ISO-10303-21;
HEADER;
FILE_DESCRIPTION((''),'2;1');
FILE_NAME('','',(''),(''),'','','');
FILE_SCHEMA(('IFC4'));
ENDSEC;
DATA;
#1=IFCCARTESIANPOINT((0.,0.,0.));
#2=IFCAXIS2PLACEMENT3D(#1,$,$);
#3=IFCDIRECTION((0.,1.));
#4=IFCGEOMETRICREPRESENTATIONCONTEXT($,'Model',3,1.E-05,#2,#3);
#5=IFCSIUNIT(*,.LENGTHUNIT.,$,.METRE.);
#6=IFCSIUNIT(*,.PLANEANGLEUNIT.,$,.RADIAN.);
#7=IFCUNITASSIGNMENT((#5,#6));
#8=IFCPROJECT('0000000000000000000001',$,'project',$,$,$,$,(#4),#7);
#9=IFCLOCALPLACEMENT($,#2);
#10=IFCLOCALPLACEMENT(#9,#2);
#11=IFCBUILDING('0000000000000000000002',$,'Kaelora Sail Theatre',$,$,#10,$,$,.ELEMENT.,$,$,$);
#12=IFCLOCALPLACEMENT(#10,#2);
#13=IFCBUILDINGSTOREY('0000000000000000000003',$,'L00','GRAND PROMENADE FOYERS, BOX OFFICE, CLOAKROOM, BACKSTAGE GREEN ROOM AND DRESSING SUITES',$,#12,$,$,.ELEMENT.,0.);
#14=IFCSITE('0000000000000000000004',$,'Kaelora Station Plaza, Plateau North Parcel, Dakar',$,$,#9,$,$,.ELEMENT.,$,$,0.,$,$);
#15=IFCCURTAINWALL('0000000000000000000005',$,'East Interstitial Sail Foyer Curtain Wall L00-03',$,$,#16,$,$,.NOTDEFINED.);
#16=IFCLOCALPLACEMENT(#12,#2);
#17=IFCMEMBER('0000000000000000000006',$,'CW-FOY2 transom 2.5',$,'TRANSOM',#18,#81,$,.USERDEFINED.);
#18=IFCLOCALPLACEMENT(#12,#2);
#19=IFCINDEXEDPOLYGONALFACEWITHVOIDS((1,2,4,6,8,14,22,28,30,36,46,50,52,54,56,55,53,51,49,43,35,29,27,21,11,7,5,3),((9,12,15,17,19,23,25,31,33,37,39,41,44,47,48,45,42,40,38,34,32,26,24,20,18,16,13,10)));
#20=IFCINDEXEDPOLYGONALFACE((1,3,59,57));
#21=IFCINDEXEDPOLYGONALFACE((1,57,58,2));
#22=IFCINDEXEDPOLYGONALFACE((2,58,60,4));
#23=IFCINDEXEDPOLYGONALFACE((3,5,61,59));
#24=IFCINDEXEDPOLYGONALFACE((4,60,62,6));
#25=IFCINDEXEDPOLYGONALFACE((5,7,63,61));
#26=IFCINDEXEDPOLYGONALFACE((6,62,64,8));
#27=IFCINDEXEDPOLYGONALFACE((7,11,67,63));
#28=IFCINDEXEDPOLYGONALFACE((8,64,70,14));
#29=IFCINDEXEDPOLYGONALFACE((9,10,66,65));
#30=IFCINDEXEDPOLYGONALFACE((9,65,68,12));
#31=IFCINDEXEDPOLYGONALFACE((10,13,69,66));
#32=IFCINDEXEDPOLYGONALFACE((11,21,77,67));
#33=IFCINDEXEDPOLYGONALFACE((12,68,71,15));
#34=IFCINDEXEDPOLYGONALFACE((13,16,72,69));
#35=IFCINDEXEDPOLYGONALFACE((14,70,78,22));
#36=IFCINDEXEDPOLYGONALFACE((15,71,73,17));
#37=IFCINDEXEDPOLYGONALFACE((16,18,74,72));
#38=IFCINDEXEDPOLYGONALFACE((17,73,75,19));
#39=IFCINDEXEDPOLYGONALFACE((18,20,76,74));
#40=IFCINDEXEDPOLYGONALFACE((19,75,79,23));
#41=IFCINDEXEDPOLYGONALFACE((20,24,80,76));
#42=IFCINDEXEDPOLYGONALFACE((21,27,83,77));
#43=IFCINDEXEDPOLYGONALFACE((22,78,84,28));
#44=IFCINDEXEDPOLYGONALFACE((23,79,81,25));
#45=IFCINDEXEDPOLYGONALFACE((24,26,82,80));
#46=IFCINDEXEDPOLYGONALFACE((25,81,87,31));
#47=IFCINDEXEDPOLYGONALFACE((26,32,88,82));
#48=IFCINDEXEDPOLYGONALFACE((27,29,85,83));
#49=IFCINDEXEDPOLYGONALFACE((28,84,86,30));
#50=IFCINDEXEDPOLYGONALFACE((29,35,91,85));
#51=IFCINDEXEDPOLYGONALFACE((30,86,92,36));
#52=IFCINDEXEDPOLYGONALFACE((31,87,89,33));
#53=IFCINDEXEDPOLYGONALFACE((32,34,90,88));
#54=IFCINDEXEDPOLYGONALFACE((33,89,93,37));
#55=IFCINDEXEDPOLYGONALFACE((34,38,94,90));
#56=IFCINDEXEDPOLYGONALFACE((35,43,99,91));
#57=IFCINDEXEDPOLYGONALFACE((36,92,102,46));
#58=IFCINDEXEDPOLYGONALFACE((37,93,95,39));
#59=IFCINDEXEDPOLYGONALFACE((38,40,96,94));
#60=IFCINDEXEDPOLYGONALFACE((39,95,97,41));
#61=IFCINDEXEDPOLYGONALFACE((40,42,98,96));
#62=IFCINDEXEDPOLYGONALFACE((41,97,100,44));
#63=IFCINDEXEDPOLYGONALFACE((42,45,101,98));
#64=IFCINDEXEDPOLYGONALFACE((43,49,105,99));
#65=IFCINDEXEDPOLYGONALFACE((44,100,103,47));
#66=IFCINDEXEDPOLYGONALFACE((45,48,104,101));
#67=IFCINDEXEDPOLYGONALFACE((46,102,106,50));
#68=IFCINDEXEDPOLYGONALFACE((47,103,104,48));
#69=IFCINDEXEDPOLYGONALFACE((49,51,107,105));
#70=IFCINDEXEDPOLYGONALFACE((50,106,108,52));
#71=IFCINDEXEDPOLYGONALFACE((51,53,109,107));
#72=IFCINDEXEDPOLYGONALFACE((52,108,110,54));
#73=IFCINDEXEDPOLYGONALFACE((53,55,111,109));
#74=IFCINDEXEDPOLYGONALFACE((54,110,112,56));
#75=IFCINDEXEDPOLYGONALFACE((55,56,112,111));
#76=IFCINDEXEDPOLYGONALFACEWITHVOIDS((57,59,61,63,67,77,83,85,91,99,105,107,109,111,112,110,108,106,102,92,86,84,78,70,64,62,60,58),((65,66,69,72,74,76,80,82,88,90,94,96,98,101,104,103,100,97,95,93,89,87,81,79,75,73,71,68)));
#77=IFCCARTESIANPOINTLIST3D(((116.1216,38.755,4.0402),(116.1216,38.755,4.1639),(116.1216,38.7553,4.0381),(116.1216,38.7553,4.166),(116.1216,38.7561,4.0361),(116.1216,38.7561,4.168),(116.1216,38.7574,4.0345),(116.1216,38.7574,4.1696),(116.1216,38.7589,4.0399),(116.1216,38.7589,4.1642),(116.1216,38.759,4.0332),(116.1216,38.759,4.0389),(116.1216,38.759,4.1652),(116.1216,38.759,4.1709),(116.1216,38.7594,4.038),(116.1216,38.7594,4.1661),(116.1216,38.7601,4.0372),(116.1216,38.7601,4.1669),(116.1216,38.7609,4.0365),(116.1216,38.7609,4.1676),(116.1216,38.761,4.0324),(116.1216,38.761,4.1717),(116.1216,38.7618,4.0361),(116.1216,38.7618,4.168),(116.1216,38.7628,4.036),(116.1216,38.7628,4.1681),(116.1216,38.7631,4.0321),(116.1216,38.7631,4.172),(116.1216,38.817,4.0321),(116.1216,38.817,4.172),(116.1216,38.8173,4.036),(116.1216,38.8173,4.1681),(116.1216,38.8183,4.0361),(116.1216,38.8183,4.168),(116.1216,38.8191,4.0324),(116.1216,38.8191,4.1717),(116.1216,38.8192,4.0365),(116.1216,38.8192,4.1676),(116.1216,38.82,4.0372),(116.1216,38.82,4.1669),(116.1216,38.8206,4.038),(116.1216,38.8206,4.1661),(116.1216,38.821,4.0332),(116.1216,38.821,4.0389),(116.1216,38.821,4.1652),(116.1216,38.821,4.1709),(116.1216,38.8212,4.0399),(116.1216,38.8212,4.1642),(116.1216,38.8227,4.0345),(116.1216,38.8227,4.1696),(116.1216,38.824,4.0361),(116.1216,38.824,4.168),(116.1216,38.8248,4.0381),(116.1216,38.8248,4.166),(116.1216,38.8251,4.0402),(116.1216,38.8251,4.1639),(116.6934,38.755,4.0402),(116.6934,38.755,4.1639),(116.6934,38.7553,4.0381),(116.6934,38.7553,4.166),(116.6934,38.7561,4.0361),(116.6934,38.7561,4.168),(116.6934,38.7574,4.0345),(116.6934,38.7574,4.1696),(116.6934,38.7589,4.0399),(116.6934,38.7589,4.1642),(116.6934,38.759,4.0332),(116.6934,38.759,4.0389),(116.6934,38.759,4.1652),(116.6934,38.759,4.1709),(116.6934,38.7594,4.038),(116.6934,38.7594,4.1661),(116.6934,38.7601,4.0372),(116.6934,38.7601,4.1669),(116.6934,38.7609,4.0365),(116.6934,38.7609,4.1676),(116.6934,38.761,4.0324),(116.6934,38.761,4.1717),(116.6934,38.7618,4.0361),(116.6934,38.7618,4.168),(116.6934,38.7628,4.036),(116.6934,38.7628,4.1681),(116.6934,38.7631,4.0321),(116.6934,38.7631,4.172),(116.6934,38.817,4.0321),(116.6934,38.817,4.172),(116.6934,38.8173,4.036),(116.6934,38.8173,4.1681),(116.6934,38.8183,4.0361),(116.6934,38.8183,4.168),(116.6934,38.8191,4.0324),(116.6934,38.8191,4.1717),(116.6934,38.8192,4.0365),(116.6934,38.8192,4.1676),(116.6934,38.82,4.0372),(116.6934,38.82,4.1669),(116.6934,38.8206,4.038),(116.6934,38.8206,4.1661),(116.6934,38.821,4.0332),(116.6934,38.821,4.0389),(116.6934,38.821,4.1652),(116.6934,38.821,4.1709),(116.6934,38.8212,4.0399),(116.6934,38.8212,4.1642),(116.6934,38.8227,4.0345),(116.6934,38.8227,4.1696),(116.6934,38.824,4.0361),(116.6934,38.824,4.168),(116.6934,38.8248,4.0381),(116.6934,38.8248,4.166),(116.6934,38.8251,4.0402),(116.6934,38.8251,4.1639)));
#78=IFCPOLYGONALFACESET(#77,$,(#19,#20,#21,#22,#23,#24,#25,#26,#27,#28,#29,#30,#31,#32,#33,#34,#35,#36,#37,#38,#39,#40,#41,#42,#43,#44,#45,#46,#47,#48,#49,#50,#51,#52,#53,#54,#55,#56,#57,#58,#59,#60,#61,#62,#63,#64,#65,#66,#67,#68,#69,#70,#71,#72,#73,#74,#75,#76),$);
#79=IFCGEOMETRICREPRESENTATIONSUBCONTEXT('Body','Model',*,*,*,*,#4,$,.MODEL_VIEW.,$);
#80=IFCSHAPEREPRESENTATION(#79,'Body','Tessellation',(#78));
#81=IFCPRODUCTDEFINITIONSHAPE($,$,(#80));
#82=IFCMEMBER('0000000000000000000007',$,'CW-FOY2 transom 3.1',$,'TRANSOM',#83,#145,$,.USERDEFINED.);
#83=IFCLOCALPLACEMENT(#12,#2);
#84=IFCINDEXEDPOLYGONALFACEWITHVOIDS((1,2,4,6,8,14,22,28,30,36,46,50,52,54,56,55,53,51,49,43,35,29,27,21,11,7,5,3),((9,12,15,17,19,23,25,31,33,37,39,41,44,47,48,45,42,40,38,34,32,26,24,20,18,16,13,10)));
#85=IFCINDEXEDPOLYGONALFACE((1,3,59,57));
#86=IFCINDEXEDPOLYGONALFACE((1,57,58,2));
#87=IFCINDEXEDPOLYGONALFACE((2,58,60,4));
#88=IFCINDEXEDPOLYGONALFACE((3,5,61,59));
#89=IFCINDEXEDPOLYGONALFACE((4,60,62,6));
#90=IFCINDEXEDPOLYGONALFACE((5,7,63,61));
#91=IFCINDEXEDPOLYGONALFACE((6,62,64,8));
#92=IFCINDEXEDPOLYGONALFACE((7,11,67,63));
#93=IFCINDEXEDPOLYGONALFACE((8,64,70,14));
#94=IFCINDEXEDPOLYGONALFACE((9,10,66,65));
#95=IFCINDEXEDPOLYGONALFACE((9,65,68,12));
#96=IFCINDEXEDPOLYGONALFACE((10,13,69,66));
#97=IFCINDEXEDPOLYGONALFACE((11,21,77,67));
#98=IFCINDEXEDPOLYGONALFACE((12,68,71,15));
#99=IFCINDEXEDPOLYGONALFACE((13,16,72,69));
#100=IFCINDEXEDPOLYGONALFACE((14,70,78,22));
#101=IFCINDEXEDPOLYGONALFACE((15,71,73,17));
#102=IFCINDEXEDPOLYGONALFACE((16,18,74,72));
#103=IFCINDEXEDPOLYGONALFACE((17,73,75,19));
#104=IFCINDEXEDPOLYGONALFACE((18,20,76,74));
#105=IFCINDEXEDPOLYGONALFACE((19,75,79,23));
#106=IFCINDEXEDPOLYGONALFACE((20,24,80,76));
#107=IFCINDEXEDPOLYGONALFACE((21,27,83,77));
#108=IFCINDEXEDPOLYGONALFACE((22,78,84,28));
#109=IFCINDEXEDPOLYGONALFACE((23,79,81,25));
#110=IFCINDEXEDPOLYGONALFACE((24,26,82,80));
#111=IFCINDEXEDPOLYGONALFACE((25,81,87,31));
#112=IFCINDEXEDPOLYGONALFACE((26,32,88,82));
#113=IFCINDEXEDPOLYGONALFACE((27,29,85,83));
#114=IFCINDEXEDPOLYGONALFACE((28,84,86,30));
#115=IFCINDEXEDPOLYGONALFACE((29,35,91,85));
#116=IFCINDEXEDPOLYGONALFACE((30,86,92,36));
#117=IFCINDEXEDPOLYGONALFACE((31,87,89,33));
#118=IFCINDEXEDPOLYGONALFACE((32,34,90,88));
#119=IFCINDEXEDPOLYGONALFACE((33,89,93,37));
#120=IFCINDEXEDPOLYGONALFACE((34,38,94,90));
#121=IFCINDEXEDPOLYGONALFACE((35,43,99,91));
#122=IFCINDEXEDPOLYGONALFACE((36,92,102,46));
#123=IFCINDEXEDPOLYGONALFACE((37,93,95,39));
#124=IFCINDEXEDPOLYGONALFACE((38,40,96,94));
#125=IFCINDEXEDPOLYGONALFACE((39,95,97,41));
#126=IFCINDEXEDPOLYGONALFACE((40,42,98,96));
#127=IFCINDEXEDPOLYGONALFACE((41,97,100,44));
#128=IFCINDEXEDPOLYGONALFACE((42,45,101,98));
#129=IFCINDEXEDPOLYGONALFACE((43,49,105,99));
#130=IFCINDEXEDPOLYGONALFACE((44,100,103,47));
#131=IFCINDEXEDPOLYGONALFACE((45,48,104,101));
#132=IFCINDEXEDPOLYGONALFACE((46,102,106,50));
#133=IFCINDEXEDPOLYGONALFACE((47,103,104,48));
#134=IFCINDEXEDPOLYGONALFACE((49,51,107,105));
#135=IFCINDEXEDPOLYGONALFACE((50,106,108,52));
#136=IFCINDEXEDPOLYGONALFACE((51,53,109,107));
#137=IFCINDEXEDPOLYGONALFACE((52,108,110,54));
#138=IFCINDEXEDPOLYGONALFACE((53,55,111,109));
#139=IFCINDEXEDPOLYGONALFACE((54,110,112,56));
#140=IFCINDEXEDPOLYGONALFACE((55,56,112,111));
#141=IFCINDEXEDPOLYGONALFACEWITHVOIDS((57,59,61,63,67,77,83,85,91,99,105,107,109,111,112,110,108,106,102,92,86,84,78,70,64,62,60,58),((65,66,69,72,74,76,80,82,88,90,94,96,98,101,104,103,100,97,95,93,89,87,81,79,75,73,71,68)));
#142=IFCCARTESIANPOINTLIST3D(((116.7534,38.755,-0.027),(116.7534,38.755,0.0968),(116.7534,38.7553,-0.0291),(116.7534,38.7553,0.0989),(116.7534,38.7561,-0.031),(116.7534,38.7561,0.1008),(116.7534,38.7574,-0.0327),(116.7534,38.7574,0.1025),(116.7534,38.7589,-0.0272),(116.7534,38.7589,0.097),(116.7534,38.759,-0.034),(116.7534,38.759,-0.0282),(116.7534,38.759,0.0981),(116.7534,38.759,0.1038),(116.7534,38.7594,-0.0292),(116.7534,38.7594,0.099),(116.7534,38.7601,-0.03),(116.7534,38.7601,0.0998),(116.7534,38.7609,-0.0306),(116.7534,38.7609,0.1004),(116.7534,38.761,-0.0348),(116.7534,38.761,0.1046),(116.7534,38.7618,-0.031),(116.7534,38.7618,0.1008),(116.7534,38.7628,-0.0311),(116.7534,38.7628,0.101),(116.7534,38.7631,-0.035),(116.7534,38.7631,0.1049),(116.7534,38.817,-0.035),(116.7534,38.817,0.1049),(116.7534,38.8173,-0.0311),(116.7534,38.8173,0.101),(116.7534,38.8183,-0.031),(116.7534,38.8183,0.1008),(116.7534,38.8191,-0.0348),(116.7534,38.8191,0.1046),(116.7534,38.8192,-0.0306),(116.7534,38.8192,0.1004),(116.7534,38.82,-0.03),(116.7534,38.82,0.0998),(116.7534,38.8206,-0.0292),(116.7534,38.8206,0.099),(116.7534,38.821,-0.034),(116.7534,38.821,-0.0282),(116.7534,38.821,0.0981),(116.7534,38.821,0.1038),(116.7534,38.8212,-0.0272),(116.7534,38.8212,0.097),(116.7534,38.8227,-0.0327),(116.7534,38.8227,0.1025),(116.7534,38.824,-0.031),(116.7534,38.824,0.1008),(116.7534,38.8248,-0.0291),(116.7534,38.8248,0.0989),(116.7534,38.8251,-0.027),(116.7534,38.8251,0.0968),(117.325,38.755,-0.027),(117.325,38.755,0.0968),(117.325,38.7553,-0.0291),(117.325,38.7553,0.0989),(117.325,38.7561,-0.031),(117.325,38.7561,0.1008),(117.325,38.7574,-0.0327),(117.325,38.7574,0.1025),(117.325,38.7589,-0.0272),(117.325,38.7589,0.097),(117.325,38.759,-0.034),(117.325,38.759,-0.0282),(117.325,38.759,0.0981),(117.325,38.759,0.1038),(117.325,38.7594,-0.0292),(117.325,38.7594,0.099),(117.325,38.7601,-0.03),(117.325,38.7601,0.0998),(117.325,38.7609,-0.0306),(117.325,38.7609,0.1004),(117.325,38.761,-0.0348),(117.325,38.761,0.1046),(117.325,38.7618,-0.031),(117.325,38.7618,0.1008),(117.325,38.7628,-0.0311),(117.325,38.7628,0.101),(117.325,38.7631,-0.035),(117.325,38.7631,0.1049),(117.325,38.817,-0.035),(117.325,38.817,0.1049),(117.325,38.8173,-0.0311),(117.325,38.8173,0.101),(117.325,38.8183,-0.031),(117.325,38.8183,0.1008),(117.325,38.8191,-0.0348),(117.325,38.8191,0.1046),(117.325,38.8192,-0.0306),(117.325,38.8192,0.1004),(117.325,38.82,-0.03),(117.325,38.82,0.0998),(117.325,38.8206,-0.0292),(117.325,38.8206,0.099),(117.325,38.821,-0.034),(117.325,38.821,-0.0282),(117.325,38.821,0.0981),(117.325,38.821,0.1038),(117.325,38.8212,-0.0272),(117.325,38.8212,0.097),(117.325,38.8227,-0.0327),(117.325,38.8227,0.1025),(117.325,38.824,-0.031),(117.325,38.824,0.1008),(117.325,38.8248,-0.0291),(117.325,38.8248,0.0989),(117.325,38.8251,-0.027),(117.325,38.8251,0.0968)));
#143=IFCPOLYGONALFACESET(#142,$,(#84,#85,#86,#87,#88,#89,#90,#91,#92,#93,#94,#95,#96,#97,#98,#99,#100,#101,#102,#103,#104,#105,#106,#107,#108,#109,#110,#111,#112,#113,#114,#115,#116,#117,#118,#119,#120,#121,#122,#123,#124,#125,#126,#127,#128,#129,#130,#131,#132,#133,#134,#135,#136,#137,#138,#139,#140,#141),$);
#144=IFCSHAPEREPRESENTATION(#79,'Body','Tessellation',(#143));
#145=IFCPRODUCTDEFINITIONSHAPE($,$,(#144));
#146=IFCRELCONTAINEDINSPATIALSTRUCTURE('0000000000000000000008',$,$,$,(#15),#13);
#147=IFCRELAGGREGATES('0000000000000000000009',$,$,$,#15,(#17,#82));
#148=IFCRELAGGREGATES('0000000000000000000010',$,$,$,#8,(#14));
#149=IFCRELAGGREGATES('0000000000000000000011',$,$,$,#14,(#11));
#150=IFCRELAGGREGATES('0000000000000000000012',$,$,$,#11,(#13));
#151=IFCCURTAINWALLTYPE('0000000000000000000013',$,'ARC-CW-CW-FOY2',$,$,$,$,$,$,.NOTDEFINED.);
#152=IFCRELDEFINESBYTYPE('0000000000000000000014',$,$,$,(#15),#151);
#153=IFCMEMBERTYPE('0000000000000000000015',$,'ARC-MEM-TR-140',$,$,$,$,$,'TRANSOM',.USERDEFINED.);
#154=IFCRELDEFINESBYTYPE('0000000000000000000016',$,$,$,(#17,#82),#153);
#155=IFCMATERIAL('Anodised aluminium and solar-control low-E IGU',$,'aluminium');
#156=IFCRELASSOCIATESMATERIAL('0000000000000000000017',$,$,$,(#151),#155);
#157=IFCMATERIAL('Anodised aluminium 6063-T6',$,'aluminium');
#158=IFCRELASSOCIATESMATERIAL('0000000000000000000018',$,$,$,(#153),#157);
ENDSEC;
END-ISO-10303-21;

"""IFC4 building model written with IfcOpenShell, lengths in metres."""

from ifc_helpers import new_model, si_unit, direction, frame, origin, origin_2d, place, context, subcontext, project, spatial, hollow_rectangle, extrude, material, material_profile, profile_set, type_object, element, aggregate, save


model = new_model("IFC4")

# Units and contexts
model_context = context("Model", 3, precision=1e-05, world=origin(), true_north=direction((0.0, 1.0)))
body_context = subcontext(model_context, "Body", "Model", "MODEL_VIEW")
ifc_project = project(units=[si_unit("LENGTHUNIT", "METRE"), si_unit("PLANEANGLEUNIT", "RADIAN")], contexts=[model_context])

# Site, building, storey
site_placement = place(None, origin())
site = spatial("IfcSite", under=ifc_project, at=site_placement, Name="Kaelora Station Plaza, Plateau North Parcel, Dakar", CompositionType="ELEMENT", RefElevation=0.0)
building_placement = place(site_placement, origin())
building = spatial("IfcBuilding", under=site, at=building_placement, Name="Kaelora Sail Theatre", CompositionType="ELEMENT")
storey_placement = place(building_placement, origin())
storey = spatial("IfcBuildingStorey", under=building, at=storey_placement, Name="L00", Description="GRAND PROMENADE FOYERS, BOX OFFICE, CLOAKROOM, BACKSTAGE GREEN ROOM AND DRESSING SUITES", CompositionType="ELEMENT", Elevation=0.0)

# Curtain wall, members
ifc_material_1 = material(Name="Anodised aluminium and solar-control low-E IGU", Category="aluminium")
curtain_wall_type = type_object("IfcCurtainWallType", Name="ARC-CW-CW-FOY2", PredefinedType="NOTDEFINED", material=ifc_material_1)
curtain_wall_placement = place(storey_placement, origin())
curtain_wall = element("IfcCurtainWall", 1, at=curtain_wall_placement, inside=storey, type_object=curtain_wall_type, Name="East Interstitial Sail Foyer Curtain Wall L00-03", PredefinedType="NOTDEFINED")
ifc_material_2 = material(Name="Anodised aluminium 6063-T6", Category="aluminium")
ifc_material_profile_1 = material_profile(ifc_material_2, hollow_rectangle(XDim=0.0701, YDim=0.1399, WallThickness=0.0039, InnerFilletRadius=0.0039, OuterFilletRadius=0.0081, at=origin_2d()), Name="ALU-TRAN 70x140x4")
ifc_profile_set_1 = profile_set([ifc_material_profile_1], Name="Anodised aluminium 6063-T6")
member_type_1 = type_object("IfcMemberType", Name="ARC-MEM-TR-140", ElementType="TRANSOM", PredefinedType="USERDEFINED", material=ifc_profile_set_1)
member_1_placement = place(storey_placement, frame((116.1216, 38.79, 4.1021), z_axis=(1.0, 0.0, 0.0), x_axis=(0.0, 1.0, 0.0)))
member_1 = element("IfcMember", 2, at=member_1_placement, type_object=member_type_1, Name="CW-FOY2 transom 2.5", ObjectType="TRANSOM", PredefinedType="USERDEFINED", context=body_context, shape_type="SweptSolid", body=[
    extrude(hollow_rectangle(XDim=0.0701, YDim=0.1399, WallThickness=0.0039, InnerFilletRadius=0.0039, OuterFilletRadius=0.0081, at=origin_2d()), origin(), (0.0, 0.0, 1.0), 0.5718),
])
member_2_placement = place(storey_placement, frame((116.7534, 38.79, 0.0349), z_axis=(1.0, 0.0, 0.0), x_axis=(0.0, 1.0, 0.0)))
member_2 = element("IfcMember", 3, at=member_2_placement, type_object=member_type_1, Name="CW-FOY2 transom 3.1", ObjectType="TRANSOM", PredefinedType="USERDEFINED", context=body_context, shape_type="SweptSolid", body=[
    extrude(hollow_rectangle(XDim=0.0701, YDim=0.1399, WallThickness=0.0039, InnerFilletRadius=0.0039, OuterFilletRadius=0.0081, at=origin_2d()), origin(), (0.0, 0.0, 1.0), 0.5715),
])

aggregate(curtain_wall, [member_1, member_2])

save(model, "model.ifc")
